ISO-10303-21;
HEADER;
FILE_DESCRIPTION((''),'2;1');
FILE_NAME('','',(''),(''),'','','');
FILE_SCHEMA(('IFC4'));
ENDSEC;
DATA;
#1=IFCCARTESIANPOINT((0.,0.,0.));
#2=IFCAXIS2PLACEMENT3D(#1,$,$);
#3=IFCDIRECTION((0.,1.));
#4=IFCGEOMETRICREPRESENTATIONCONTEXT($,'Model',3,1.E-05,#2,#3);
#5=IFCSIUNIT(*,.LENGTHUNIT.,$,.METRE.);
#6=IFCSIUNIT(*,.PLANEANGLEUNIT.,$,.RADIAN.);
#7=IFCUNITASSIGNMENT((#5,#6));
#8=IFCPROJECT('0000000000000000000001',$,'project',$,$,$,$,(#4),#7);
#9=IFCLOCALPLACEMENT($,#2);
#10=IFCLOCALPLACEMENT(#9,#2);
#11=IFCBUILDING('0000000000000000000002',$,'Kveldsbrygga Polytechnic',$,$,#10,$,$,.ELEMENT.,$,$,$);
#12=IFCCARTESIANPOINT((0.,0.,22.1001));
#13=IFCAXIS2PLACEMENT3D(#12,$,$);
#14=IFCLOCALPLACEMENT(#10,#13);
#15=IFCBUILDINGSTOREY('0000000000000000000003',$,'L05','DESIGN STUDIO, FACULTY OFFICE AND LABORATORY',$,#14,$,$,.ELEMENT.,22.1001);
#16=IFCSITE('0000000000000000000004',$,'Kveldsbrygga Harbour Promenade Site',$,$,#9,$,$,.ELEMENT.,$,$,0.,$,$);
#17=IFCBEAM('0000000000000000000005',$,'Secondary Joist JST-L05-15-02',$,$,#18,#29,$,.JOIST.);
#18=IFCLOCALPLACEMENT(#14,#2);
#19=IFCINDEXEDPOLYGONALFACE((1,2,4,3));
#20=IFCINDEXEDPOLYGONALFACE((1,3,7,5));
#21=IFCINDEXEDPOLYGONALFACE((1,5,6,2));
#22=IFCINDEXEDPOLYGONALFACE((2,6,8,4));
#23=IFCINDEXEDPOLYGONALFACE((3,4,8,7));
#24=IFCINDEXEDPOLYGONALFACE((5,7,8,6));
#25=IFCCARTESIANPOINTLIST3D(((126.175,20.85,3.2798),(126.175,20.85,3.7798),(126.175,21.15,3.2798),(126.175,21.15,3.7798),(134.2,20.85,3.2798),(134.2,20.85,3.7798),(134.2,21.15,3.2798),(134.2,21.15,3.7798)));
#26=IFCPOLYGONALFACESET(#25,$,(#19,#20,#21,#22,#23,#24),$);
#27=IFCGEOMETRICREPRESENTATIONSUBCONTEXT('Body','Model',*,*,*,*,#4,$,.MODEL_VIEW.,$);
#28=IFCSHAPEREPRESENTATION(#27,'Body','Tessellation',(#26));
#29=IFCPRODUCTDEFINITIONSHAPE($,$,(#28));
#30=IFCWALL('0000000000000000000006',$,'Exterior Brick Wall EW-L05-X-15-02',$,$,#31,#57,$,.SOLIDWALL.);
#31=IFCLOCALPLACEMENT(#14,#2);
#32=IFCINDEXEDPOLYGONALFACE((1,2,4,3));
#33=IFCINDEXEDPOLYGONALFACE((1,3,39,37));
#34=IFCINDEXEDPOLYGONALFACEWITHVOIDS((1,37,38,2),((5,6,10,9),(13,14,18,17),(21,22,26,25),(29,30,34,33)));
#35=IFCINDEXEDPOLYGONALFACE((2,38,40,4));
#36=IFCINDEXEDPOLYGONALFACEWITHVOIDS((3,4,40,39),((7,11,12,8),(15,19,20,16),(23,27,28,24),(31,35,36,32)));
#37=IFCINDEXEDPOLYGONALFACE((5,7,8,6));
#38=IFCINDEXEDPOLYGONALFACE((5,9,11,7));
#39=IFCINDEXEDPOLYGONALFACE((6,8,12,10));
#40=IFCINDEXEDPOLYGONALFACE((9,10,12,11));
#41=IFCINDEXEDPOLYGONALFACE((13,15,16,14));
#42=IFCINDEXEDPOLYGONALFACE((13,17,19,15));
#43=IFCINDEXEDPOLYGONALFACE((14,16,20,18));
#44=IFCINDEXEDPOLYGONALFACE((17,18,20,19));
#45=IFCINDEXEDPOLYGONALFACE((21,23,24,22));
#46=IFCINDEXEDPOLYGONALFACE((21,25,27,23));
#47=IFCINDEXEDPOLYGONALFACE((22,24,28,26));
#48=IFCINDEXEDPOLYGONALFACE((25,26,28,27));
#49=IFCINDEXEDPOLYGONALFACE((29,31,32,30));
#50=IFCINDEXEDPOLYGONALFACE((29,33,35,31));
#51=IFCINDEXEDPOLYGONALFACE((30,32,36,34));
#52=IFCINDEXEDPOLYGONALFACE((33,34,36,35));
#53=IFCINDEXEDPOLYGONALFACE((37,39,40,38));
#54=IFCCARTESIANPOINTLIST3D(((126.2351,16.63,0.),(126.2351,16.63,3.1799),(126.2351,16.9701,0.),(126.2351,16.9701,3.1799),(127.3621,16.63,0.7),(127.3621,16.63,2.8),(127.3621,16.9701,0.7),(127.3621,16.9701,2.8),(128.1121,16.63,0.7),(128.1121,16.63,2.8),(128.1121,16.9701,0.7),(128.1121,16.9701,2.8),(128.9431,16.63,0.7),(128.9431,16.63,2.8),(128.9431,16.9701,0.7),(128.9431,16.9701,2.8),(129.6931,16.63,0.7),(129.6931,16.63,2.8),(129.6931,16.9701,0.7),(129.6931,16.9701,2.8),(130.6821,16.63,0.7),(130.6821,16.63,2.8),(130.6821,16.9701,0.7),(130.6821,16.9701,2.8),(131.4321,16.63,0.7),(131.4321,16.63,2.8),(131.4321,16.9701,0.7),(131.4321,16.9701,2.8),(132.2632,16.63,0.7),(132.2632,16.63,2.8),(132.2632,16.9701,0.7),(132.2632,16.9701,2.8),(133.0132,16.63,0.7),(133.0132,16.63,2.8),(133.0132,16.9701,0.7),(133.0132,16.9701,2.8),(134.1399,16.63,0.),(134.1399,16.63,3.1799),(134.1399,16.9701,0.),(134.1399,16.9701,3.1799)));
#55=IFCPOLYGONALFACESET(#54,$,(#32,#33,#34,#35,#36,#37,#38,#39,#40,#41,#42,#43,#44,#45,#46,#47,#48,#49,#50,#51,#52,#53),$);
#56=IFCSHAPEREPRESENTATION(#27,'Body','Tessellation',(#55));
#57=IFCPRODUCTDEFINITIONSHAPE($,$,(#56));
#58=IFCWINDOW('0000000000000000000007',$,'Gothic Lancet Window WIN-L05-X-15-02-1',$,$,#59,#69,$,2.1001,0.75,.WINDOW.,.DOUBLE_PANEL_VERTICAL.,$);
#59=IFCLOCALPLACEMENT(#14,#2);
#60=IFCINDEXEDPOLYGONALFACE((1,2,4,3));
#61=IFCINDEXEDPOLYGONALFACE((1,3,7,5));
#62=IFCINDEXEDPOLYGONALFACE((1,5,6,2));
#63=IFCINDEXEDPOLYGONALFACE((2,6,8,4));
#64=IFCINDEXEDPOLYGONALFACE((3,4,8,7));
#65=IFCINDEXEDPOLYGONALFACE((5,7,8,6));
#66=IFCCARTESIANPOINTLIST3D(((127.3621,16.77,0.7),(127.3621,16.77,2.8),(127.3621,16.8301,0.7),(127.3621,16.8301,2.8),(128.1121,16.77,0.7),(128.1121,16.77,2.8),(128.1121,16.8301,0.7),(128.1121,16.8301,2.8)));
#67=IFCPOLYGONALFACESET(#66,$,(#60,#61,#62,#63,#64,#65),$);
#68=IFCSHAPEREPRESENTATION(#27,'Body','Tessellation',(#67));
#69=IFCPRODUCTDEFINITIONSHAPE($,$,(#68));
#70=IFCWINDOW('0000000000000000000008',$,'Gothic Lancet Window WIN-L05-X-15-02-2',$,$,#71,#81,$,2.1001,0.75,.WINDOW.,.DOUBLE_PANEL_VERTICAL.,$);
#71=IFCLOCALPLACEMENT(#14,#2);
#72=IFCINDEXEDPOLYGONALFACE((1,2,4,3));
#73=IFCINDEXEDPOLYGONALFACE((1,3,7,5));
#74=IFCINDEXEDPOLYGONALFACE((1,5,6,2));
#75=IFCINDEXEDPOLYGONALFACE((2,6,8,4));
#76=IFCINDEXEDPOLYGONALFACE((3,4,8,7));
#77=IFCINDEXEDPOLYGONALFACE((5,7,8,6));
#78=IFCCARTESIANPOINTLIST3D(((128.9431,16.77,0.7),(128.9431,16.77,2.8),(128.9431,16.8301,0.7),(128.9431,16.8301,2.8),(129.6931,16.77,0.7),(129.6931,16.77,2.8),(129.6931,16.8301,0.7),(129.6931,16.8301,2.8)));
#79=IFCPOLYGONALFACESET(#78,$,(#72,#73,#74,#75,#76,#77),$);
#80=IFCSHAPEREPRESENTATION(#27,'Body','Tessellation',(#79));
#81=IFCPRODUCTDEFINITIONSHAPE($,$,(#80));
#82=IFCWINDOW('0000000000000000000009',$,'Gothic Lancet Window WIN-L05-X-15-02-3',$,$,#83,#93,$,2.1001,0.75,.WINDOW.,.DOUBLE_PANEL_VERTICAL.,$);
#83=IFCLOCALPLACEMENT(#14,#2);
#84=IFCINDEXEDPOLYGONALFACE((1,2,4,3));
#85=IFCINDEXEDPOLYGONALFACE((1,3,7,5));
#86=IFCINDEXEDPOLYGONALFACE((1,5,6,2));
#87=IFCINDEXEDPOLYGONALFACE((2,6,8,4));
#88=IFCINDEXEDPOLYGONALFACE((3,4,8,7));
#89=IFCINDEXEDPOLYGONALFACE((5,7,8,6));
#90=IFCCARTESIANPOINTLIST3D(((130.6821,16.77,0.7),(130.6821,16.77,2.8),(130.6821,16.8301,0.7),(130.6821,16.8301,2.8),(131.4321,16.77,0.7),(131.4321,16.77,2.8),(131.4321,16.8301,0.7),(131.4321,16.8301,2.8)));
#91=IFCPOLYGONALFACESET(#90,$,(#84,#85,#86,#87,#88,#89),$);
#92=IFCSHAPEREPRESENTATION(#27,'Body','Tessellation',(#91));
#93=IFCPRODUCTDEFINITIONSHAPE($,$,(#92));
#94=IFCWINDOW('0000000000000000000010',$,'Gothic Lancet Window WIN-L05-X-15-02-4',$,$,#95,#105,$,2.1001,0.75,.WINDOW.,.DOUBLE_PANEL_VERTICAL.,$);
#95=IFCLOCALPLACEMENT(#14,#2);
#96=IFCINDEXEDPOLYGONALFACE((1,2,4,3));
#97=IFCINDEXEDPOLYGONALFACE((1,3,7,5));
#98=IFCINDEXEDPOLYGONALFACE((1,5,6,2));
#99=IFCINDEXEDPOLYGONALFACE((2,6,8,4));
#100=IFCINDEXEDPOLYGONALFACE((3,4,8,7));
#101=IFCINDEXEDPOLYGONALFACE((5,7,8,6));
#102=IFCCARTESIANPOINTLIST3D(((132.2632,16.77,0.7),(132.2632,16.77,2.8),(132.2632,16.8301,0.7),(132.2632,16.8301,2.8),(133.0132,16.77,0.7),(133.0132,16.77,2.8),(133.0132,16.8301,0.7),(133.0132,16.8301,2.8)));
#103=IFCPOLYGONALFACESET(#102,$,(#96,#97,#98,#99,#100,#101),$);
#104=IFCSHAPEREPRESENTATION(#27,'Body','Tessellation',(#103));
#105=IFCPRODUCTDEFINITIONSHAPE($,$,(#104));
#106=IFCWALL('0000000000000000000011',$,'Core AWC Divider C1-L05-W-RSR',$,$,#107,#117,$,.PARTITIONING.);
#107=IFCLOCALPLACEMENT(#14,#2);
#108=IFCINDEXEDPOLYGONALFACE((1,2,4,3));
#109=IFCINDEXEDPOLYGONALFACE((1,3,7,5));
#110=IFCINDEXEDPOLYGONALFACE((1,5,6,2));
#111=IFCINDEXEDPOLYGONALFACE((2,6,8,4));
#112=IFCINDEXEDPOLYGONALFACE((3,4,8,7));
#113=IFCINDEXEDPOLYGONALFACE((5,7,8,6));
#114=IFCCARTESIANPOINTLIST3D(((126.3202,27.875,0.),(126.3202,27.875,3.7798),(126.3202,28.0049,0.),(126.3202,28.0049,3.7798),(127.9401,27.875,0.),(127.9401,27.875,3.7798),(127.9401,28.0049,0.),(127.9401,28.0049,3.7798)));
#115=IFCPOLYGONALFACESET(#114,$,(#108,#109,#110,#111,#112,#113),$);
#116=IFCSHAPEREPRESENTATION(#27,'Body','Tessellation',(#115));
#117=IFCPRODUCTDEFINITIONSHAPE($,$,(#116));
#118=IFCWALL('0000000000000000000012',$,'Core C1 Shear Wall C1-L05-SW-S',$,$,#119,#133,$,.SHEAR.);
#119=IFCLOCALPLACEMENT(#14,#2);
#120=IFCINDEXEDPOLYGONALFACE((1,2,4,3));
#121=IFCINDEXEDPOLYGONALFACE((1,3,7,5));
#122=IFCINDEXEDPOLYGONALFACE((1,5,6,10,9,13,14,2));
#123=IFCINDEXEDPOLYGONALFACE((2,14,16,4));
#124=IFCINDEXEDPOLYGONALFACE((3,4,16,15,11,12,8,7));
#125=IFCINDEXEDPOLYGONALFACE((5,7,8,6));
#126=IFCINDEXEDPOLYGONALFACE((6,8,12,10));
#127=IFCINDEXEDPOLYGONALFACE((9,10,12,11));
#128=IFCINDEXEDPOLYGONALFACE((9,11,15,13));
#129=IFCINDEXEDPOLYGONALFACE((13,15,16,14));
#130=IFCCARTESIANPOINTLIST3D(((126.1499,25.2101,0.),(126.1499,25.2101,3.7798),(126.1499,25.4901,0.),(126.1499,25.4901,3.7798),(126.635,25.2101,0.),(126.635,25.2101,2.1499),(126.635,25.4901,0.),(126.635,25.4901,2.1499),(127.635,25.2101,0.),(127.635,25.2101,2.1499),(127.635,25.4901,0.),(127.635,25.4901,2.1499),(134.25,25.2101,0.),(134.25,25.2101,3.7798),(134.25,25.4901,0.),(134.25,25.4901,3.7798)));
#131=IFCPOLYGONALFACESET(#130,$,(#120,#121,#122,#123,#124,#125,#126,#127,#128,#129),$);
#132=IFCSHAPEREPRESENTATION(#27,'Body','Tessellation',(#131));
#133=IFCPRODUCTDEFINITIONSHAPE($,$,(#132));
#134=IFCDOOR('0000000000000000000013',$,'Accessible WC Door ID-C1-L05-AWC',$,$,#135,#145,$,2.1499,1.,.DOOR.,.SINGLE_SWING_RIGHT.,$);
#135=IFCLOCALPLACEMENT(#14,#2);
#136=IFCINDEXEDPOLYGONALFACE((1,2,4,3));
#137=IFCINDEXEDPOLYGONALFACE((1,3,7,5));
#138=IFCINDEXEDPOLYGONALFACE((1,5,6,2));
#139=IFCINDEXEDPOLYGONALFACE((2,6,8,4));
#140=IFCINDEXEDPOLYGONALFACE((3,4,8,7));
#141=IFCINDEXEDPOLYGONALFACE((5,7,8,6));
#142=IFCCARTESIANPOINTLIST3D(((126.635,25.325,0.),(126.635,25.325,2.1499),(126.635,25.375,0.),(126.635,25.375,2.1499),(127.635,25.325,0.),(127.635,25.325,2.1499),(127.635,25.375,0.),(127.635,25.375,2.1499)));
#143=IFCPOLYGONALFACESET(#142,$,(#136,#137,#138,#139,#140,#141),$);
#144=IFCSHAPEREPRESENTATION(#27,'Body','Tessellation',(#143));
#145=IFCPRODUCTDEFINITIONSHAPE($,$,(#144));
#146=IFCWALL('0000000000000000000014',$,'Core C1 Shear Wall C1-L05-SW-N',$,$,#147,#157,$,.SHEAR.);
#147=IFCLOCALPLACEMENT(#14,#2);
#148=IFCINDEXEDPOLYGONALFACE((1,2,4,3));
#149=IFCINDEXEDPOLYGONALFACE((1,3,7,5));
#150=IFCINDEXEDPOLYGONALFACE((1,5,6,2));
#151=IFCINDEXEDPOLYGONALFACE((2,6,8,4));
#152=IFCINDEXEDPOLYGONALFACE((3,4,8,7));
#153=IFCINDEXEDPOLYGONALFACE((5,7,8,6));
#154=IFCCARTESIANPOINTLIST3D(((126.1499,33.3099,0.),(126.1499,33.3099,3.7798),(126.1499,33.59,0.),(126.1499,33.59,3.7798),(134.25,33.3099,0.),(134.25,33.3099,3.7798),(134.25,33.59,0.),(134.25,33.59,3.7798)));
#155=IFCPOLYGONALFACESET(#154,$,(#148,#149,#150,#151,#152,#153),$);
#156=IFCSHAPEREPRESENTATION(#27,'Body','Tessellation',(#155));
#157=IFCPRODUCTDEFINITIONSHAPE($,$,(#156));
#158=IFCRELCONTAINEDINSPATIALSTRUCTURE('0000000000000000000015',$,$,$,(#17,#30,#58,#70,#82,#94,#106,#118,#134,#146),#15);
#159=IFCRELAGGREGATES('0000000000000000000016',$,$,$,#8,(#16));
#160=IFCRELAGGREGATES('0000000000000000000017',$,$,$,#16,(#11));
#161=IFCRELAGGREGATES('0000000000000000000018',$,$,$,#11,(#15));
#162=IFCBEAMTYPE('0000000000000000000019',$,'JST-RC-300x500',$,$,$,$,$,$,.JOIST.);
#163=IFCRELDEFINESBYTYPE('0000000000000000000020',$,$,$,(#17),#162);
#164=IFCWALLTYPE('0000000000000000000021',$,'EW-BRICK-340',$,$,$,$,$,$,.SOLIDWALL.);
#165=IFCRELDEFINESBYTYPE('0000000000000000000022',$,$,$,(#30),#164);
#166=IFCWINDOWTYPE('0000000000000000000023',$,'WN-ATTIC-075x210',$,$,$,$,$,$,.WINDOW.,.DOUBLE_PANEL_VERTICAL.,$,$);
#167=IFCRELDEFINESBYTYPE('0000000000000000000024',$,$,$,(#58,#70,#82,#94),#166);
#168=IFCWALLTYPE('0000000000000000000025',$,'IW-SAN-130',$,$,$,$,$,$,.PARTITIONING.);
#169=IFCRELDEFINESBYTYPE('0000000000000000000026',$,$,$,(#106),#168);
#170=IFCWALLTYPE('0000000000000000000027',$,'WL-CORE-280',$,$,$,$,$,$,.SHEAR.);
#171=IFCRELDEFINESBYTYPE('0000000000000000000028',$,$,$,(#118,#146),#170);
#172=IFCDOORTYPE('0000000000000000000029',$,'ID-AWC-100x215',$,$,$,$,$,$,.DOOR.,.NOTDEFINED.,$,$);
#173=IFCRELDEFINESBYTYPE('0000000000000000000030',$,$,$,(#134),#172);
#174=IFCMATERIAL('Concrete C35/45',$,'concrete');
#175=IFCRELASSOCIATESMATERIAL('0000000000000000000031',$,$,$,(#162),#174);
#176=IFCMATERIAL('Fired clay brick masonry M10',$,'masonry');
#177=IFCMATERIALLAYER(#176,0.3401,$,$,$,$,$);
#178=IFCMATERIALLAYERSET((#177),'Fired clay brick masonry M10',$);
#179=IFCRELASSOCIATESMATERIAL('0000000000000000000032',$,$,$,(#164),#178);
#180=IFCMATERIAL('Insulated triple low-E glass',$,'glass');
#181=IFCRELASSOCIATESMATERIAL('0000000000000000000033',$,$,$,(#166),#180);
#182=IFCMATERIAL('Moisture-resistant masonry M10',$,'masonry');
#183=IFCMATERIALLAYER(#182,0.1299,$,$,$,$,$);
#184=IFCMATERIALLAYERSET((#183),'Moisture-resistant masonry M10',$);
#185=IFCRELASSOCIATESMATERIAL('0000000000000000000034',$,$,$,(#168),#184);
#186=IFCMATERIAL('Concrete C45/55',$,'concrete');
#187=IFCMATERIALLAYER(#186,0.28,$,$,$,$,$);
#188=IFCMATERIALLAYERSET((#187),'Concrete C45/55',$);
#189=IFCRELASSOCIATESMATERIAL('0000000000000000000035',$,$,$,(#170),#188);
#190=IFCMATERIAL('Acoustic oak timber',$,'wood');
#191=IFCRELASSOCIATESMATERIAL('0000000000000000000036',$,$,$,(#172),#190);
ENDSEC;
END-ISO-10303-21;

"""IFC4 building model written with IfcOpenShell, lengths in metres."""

from ifc_helpers import new_model, si_unit, direction, frame, frame_2d, origin, origin_2d, place, context, subcontext, project, spatial, rectangle, extrude, material, layer, layer_set, material_profile, profile_set, type_object, element, fill, save


model = new_model("IFC4")

# Units and contexts
model_context = context("Model", 3, precision=1e-05, world=origin(), true_north=direction((0.0, 1.0)))
body_context = subcontext(model_context, "Body", "Model", "MODEL_VIEW")
ifc_project = project(units=[si_unit("LENGTHUNIT", "METRE"), si_unit("PLANEANGLEUNIT", "RADIAN")], contexts=[model_context])

# Site, building, storey
site_placement = place(None, origin())
site = spatial("IfcSite", under=ifc_project, at=site_placement, Name="Kveldsbrygga Harbour Promenade Site", CompositionType="ELEMENT", RefElevation=0.0)
building_placement = place(site_placement, origin())
building = spatial("IfcBuilding", under=site, at=building_placement, Name="Kveldsbrygga Polytechnic", CompositionType="ELEMENT")
storey_placement = place(building_placement, frame((0.0, 0.0, 22.1001)))
storey = spatial("IfcBuildingStorey", under=building, at=storey_placement, Name="L05", Description="DESIGN STUDIO, FACULTY OFFICE AND LABORATORY", CompositionType="ELEMENT", Elevation=22.1001)

# Beam
ifc_material_1 = material(Name="Concrete C35/45", Category="concrete")
ifc_material_profile = material_profile(ifc_material_1, rectangle(XDim=0.3, YDim=0.5, at=origin_2d()), Name="RC 300x500")
ifc_profile_set = profile_set([ifc_material_profile], Name="Concrete C35/45")
beam_type = type_object("IfcBeamType", Name="JST-RC-300x500", PredefinedType="JOIST", material=ifc_profile_set)
beam_placement = place(storey_placement, frame((126.175, 21.0, 3.5298), z_axis=(1.0, 0.0, 0.0), x_axis=(0.0, 1.0, 0.0)))
element("IfcBeam", 1, at=beam_placement, inside=storey, type_object=beam_type, Name="Secondary Joist JST-L05-15-02", PredefinedType="JOIST", context=body_context, shape_type="SweptSolid", body=[
    extrude(rectangle(XDim=0.3, YDim=0.5, at=origin_2d()), origin(), (0.0, 0.0, 1.0), 8.0249),
])

# Wall, openings, windows
ifc_material_2 = material(Name="Fired clay brick masonry M10", Category="masonry")
ifc_layer_1 = layer(ifc_material_2, 0.3401)
ifc_layer_set_1 = layer_set([ifc_layer_1], Name="Fired clay brick masonry M10")
wall_type_1 = type_object("IfcWallType", Name="EW-BRICK-340", PredefinedType="SOLIDWALL", material=ifc_layer_set_1)
wall_1_placement = place(storey_placement, frame((126.2351, 16.8, 0.0), z_axis=(0.0, 0.0, 1.0), x_axis=(1.0, 0.0, 0.0)))
wall_1 = element("IfcWall", 2, at=wall_1_placement, inside=storey, type_object=wall_type_1, Name="Exterior Brick Wall EW-L05-X-15-02", PredefinedType="SOLIDWALL", context=body_context, shape_type="SweptSolid", body=[
    extrude(rectangle(XDim=7.9048, YDim=0.3401, at=frame_2d((3.9524, 0.0))), origin(), (0.0, 0.0, 1.0), 3.1799),
])
opening_1_placement = place(wall_1_placement, frame((1.127, 0.0, 0.7)))
opening_1 = element("IfcOpeningElement", 3, at=opening_1_placement, cuts=wall_1, PredefinedType="OPENING", context=body_context, shape_type="SweptSolid", body=[
    extrude(rectangle(XDim=0.75, YDim=2.1001, at=frame_2d((0.375, 1.05))), frame((0.0, 0.1802, 0.0), z_axis=(0.0, -1.0, 0.0), x_axis=(1.0, 0.0, 0.0)), (0.0, 0.0, 1.0), 0.3601),
])
opening_2_placement = place(wall_1_placement, frame((2.708, 0.0, 0.7)))
opening_2 = element("IfcOpeningElement", 4, at=opening_2_placement, cuts=wall_1, PredefinedType="OPENING", context=body_context, shape_type="SweptSolid", body=[
    extrude(rectangle(XDim=0.75, YDim=2.1001, at=frame_2d((0.375, 1.05))), frame((0.0, 0.1802, 0.0), z_axis=(0.0, -1.0, 0.0), x_axis=(1.0, 0.0, 0.0)), (0.0, 0.0, 1.0), 0.3601),
])
opening_3_placement = place(wall_1_placement, frame((4.447, 0.0, 0.7)))
opening_3 = element("IfcOpeningElement", 5, at=opening_3_placement, cuts=wall_1, PredefinedType="OPENING", context=body_context, shape_type="SweptSolid", body=[
    extrude(rectangle(XDim=0.75, YDim=2.1001, at=frame_2d((0.375, 1.05))), frame((0.0, 0.1802, 0.0), z_axis=(0.0, -1.0, 0.0), x_axis=(1.0, 0.0, 0.0)), (0.0, 0.0, 1.0), 0.3601),
])
opening_4_placement = place(wall_1_placement, frame((6.0281, 0.0, 0.7)))
opening_4 = element("IfcOpeningElement", 6, at=opening_4_placement, cuts=wall_1, PredefinedType="OPENING", context=body_context, shape_type="SweptSolid", body=[
    extrude(rectangle(XDim=0.75, YDim=2.1001, at=frame_2d((0.375, 1.05))), frame((0.0, 0.1802, 0.0), z_axis=(0.0, -1.0, 0.0), x_axis=(1.0, 0.0, 0.0)), (0.0, 0.0, 1.0), 0.3601),
])
ifc_material_3 = material(Name="Insulated triple low-E glass", Category="glass")
window_type = type_object("IfcWindowType", Name="WN-ATTIC-075x210", PartitioningType="DOUBLE_PANEL_VERTICAL", PredefinedType="WINDOW", material=ifc_material_3)
window_1_placement = place(opening_1_placement, origin())
window_1 = element("IfcWindow", 7, at=window_1_placement, inside=storey, type_object=window_type, Name="Gothic Lancet Window WIN-L05-X-15-02-1", OverallHeight=2.1001, OverallWidth=0.75, PartitioningType="DOUBLE_PANEL_VERTICAL", PredefinedType="WINDOW", context=body_context, shape_type="SweptSolid", body=[
    extrude(rectangle(XDim=0.75, YDim=2.1001, at=frame_2d((0.375, 1.05))), frame((0.0, 0.03, 0.0), z_axis=(0.0, -1.0, 0.0), x_axis=(1.0, 0.0, 0.0)), (0.0, 0.0, 1.0), 0.0601),
])
fill(opening_1, window_1)
window_2_placement = place(opening_2_placement, origin())
window_2 = element("IfcWindow", 8, at=window_2_placement, inside=storey, type_object=window_type, Name="Gothic Lancet Window WIN-L05-X-15-02-2", OverallHeight=2.1001, OverallWidth=0.75, PartitioningType="DOUBLE_PANEL_VERTICAL", PredefinedType="WINDOW", context=body_context, shape_type="SweptSolid", body=[
    extrude(rectangle(XDim=0.75, YDim=2.1001, at=frame_2d((0.375, 1.05))), frame((0.0, 0.03, 0.0), z_axis=(0.0, -1.0, 0.0), x_axis=(1.0, 0.0, 0.0)), (0.0, 0.0, 1.0), 0.0601),
])
fill(opening_2, window_2)
window_3_placement = place(opening_3_placement, origin())
window_3 = element("IfcWindow", 9, at=window_3_placement, inside=storey, type_object=window_type, Name="Gothic Lancet Window WIN-L05-X-15-02-3", OverallHeight=2.1001, OverallWidth=0.75, PartitioningType="DOUBLE_PANEL_VERTICAL", PredefinedType="WINDOW", context=body_context, shape_type="SweptSolid", body=[
    extrude(rectangle(XDim=0.75, YDim=2.1001, at=frame_2d((0.375, 1.05))), frame((0.0, 0.03, 0.0), z_axis=(0.0, -1.0, 0.0), x_axis=(1.0, 0.0, 0.0)), (0.0, 0.0, 1.0), 0.0601),
])
fill(opening_3, window_3)
window_4_placement = place(opening_4_placement, origin())
window_4 = element("IfcWindow", 10, at=window_4_placement, inside=storey, type_object=window_type, Name="Gothic Lancet Window WIN-L05-X-15-02-4", OverallHeight=2.1001, OverallWidth=0.75, PartitioningType="DOUBLE_PANEL_VERTICAL", PredefinedType="WINDOW", context=body_context, shape_type="SweptSolid", body=[
    extrude(rectangle(XDim=0.75, YDim=2.1001, at=frame_2d((0.375, 1.05))), frame((0.0, 0.03, 0.0), z_axis=(0.0, -1.0, 0.0), x_axis=(1.0, 0.0, 0.0)), (0.0, 0.0, 1.0), 0.0601),
])
fill(opening_4, window_4)

# Wall
ifc_material_4 = material(Name="Moisture-resistant masonry M10", Category="masonry")
ifc_layer_2 = layer(ifc_material_4, 0.1299)
ifc_layer_set_2 = layer_set([ifc_layer_2], Name="Moisture-resistant masonry M10")
wall_type_2 = type_object("IfcWallType", Name="IW-SAN-130", PredefinedType="PARTITIONING", material=ifc_layer_set_2)
wall_2_placement = place(storey_placement, frame((126.3201, 27.9399, 0.0), z_axis=(0.0, 0.0, 1.0), x_axis=(1.0, 0.0, 0.0)))
element("IfcWall", 11, at=wall_2_placement, inside=storey, type_object=wall_type_2, Name="Core AWC Divider C1-L05-W-RSR", PredefinedType="PARTITIONING", context=body_context, shape_type="SweptSolid", body=[
    extrude(rectangle(XDim=1.6199, YDim=0.1299, at=frame_2d((0.8101, 0.0))), origin(), (0.0, 0.0, 1.0), 3.7798),
])

# Wall, opening, door
ifc_material_5 = material(Name="Concrete C45/55", Category="concrete")
ifc_layer_3 = layer(ifc_material_5, 0.28)
ifc_layer_set_3 = layer_set([ifc_layer_3], Name="Concrete C45/55")
wall_type_3 = type_object("IfcWallType", Name="WL-CORE-280", PredefinedType="SHEAR", material=ifc_layer_set_3)
wall_3_placement = place(storey_placement, frame((126.1499, 25.3501, 0.0), z_axis=(0.0, 0.0, 1.0), x_axis=(1.0, 0.0, 0.0)))
wall_3 = element("IfcWall", 12, at=wall_3_placement, inside=storey, type_object=wall_type_3, Name="Core C1 Shear Wall C1-L05-SW-S", PredefinedType="SHEAR", context=body_context, shape_type="SweptSolid", body=[
    extrude(rectangle(XDim=8.1001, YDim=0.28, at=frame_2d((4.05, 0.0))), origin(), (0.0, 0.0, 1.0), 3.7798),
])
opening_5_placement = place(wall_3_placement, frame((0.4851, 0.0, 0.0)))
opening_5 = element("IfcOpeningElement", 13, at=opening_5_placement, cuts=wall_3, PredefinedType="OPENING", context=body_context, shape_type="SweptSolid", body=[
    extrude(rectangle(XDim=1.0, YDim=2.1499, at=frame_2d((0.5, 1.075))), frame((0.0, 0.1499, 0.0), z_axis=(0.0, -1.0, 0.0), x_axis=(1.0, 0.0, 0.0)), (0.0, 0.0, 1.0), 0.3),
])
ifc_material_6 = material(Name="Acoustic oak timber", Category="wood")
door_type_1 = type_object("IfcDoorType", Name="ID-AWC-100x215", OperationType="NOTDEFINED", PredefinedType="DOOR", material=ifc_material_6)
door_1_placement = place(opening_5_placement, origin())
door_1 = element("IfcDoor", 14, at=door_1_placement, inside=storey, type_object=door_type_1, Name="Accessible WC Door ID-C1-L05-AWC", OperationType="SINGLE_SWING_RIGHT", OverallHeight=2.1499, OverallWidth=1.0, PredefinedType="DOOR", context=body_context, shape_type="SweptSolid", body=[
    extrude(rectangle(XDim=1.0, YDim=2.1499, at=frame_2d((0.5, 1.075))), frame((0.0, 0.0249, 0.0), z_axis=(0.0, -1.0, 0.0), x_axis=(1.0, 0.0, 0.0)), (0.0, 0.0, 1.0), 0.05),
])
fill(opening_5, door_1)

# Wall
wall_4_placement = place(storey_placement, frame((126.1499, 33.45, 0.0), z_axis=(0.0, 0.0, 1.0), x_axis=(1.0, 0.0, 0.0)))
element("IfcWall", 15, at=wall_4_placement, inside=storey, type_object=wall_type_3, Name="Core C1 Shear Wall C1-L05-SW-N", PredefinedType="SHEAR", context=body_context, shape_type="SweptSolid", body=[
    extrude(rectangle(XDim=8.1001, YDim=0.28, at=frame_2d((4.05, 0.0))), origin(), (0.0, 0.0, 1.0), 3.7798),
])

save(model, "model.ifc")
